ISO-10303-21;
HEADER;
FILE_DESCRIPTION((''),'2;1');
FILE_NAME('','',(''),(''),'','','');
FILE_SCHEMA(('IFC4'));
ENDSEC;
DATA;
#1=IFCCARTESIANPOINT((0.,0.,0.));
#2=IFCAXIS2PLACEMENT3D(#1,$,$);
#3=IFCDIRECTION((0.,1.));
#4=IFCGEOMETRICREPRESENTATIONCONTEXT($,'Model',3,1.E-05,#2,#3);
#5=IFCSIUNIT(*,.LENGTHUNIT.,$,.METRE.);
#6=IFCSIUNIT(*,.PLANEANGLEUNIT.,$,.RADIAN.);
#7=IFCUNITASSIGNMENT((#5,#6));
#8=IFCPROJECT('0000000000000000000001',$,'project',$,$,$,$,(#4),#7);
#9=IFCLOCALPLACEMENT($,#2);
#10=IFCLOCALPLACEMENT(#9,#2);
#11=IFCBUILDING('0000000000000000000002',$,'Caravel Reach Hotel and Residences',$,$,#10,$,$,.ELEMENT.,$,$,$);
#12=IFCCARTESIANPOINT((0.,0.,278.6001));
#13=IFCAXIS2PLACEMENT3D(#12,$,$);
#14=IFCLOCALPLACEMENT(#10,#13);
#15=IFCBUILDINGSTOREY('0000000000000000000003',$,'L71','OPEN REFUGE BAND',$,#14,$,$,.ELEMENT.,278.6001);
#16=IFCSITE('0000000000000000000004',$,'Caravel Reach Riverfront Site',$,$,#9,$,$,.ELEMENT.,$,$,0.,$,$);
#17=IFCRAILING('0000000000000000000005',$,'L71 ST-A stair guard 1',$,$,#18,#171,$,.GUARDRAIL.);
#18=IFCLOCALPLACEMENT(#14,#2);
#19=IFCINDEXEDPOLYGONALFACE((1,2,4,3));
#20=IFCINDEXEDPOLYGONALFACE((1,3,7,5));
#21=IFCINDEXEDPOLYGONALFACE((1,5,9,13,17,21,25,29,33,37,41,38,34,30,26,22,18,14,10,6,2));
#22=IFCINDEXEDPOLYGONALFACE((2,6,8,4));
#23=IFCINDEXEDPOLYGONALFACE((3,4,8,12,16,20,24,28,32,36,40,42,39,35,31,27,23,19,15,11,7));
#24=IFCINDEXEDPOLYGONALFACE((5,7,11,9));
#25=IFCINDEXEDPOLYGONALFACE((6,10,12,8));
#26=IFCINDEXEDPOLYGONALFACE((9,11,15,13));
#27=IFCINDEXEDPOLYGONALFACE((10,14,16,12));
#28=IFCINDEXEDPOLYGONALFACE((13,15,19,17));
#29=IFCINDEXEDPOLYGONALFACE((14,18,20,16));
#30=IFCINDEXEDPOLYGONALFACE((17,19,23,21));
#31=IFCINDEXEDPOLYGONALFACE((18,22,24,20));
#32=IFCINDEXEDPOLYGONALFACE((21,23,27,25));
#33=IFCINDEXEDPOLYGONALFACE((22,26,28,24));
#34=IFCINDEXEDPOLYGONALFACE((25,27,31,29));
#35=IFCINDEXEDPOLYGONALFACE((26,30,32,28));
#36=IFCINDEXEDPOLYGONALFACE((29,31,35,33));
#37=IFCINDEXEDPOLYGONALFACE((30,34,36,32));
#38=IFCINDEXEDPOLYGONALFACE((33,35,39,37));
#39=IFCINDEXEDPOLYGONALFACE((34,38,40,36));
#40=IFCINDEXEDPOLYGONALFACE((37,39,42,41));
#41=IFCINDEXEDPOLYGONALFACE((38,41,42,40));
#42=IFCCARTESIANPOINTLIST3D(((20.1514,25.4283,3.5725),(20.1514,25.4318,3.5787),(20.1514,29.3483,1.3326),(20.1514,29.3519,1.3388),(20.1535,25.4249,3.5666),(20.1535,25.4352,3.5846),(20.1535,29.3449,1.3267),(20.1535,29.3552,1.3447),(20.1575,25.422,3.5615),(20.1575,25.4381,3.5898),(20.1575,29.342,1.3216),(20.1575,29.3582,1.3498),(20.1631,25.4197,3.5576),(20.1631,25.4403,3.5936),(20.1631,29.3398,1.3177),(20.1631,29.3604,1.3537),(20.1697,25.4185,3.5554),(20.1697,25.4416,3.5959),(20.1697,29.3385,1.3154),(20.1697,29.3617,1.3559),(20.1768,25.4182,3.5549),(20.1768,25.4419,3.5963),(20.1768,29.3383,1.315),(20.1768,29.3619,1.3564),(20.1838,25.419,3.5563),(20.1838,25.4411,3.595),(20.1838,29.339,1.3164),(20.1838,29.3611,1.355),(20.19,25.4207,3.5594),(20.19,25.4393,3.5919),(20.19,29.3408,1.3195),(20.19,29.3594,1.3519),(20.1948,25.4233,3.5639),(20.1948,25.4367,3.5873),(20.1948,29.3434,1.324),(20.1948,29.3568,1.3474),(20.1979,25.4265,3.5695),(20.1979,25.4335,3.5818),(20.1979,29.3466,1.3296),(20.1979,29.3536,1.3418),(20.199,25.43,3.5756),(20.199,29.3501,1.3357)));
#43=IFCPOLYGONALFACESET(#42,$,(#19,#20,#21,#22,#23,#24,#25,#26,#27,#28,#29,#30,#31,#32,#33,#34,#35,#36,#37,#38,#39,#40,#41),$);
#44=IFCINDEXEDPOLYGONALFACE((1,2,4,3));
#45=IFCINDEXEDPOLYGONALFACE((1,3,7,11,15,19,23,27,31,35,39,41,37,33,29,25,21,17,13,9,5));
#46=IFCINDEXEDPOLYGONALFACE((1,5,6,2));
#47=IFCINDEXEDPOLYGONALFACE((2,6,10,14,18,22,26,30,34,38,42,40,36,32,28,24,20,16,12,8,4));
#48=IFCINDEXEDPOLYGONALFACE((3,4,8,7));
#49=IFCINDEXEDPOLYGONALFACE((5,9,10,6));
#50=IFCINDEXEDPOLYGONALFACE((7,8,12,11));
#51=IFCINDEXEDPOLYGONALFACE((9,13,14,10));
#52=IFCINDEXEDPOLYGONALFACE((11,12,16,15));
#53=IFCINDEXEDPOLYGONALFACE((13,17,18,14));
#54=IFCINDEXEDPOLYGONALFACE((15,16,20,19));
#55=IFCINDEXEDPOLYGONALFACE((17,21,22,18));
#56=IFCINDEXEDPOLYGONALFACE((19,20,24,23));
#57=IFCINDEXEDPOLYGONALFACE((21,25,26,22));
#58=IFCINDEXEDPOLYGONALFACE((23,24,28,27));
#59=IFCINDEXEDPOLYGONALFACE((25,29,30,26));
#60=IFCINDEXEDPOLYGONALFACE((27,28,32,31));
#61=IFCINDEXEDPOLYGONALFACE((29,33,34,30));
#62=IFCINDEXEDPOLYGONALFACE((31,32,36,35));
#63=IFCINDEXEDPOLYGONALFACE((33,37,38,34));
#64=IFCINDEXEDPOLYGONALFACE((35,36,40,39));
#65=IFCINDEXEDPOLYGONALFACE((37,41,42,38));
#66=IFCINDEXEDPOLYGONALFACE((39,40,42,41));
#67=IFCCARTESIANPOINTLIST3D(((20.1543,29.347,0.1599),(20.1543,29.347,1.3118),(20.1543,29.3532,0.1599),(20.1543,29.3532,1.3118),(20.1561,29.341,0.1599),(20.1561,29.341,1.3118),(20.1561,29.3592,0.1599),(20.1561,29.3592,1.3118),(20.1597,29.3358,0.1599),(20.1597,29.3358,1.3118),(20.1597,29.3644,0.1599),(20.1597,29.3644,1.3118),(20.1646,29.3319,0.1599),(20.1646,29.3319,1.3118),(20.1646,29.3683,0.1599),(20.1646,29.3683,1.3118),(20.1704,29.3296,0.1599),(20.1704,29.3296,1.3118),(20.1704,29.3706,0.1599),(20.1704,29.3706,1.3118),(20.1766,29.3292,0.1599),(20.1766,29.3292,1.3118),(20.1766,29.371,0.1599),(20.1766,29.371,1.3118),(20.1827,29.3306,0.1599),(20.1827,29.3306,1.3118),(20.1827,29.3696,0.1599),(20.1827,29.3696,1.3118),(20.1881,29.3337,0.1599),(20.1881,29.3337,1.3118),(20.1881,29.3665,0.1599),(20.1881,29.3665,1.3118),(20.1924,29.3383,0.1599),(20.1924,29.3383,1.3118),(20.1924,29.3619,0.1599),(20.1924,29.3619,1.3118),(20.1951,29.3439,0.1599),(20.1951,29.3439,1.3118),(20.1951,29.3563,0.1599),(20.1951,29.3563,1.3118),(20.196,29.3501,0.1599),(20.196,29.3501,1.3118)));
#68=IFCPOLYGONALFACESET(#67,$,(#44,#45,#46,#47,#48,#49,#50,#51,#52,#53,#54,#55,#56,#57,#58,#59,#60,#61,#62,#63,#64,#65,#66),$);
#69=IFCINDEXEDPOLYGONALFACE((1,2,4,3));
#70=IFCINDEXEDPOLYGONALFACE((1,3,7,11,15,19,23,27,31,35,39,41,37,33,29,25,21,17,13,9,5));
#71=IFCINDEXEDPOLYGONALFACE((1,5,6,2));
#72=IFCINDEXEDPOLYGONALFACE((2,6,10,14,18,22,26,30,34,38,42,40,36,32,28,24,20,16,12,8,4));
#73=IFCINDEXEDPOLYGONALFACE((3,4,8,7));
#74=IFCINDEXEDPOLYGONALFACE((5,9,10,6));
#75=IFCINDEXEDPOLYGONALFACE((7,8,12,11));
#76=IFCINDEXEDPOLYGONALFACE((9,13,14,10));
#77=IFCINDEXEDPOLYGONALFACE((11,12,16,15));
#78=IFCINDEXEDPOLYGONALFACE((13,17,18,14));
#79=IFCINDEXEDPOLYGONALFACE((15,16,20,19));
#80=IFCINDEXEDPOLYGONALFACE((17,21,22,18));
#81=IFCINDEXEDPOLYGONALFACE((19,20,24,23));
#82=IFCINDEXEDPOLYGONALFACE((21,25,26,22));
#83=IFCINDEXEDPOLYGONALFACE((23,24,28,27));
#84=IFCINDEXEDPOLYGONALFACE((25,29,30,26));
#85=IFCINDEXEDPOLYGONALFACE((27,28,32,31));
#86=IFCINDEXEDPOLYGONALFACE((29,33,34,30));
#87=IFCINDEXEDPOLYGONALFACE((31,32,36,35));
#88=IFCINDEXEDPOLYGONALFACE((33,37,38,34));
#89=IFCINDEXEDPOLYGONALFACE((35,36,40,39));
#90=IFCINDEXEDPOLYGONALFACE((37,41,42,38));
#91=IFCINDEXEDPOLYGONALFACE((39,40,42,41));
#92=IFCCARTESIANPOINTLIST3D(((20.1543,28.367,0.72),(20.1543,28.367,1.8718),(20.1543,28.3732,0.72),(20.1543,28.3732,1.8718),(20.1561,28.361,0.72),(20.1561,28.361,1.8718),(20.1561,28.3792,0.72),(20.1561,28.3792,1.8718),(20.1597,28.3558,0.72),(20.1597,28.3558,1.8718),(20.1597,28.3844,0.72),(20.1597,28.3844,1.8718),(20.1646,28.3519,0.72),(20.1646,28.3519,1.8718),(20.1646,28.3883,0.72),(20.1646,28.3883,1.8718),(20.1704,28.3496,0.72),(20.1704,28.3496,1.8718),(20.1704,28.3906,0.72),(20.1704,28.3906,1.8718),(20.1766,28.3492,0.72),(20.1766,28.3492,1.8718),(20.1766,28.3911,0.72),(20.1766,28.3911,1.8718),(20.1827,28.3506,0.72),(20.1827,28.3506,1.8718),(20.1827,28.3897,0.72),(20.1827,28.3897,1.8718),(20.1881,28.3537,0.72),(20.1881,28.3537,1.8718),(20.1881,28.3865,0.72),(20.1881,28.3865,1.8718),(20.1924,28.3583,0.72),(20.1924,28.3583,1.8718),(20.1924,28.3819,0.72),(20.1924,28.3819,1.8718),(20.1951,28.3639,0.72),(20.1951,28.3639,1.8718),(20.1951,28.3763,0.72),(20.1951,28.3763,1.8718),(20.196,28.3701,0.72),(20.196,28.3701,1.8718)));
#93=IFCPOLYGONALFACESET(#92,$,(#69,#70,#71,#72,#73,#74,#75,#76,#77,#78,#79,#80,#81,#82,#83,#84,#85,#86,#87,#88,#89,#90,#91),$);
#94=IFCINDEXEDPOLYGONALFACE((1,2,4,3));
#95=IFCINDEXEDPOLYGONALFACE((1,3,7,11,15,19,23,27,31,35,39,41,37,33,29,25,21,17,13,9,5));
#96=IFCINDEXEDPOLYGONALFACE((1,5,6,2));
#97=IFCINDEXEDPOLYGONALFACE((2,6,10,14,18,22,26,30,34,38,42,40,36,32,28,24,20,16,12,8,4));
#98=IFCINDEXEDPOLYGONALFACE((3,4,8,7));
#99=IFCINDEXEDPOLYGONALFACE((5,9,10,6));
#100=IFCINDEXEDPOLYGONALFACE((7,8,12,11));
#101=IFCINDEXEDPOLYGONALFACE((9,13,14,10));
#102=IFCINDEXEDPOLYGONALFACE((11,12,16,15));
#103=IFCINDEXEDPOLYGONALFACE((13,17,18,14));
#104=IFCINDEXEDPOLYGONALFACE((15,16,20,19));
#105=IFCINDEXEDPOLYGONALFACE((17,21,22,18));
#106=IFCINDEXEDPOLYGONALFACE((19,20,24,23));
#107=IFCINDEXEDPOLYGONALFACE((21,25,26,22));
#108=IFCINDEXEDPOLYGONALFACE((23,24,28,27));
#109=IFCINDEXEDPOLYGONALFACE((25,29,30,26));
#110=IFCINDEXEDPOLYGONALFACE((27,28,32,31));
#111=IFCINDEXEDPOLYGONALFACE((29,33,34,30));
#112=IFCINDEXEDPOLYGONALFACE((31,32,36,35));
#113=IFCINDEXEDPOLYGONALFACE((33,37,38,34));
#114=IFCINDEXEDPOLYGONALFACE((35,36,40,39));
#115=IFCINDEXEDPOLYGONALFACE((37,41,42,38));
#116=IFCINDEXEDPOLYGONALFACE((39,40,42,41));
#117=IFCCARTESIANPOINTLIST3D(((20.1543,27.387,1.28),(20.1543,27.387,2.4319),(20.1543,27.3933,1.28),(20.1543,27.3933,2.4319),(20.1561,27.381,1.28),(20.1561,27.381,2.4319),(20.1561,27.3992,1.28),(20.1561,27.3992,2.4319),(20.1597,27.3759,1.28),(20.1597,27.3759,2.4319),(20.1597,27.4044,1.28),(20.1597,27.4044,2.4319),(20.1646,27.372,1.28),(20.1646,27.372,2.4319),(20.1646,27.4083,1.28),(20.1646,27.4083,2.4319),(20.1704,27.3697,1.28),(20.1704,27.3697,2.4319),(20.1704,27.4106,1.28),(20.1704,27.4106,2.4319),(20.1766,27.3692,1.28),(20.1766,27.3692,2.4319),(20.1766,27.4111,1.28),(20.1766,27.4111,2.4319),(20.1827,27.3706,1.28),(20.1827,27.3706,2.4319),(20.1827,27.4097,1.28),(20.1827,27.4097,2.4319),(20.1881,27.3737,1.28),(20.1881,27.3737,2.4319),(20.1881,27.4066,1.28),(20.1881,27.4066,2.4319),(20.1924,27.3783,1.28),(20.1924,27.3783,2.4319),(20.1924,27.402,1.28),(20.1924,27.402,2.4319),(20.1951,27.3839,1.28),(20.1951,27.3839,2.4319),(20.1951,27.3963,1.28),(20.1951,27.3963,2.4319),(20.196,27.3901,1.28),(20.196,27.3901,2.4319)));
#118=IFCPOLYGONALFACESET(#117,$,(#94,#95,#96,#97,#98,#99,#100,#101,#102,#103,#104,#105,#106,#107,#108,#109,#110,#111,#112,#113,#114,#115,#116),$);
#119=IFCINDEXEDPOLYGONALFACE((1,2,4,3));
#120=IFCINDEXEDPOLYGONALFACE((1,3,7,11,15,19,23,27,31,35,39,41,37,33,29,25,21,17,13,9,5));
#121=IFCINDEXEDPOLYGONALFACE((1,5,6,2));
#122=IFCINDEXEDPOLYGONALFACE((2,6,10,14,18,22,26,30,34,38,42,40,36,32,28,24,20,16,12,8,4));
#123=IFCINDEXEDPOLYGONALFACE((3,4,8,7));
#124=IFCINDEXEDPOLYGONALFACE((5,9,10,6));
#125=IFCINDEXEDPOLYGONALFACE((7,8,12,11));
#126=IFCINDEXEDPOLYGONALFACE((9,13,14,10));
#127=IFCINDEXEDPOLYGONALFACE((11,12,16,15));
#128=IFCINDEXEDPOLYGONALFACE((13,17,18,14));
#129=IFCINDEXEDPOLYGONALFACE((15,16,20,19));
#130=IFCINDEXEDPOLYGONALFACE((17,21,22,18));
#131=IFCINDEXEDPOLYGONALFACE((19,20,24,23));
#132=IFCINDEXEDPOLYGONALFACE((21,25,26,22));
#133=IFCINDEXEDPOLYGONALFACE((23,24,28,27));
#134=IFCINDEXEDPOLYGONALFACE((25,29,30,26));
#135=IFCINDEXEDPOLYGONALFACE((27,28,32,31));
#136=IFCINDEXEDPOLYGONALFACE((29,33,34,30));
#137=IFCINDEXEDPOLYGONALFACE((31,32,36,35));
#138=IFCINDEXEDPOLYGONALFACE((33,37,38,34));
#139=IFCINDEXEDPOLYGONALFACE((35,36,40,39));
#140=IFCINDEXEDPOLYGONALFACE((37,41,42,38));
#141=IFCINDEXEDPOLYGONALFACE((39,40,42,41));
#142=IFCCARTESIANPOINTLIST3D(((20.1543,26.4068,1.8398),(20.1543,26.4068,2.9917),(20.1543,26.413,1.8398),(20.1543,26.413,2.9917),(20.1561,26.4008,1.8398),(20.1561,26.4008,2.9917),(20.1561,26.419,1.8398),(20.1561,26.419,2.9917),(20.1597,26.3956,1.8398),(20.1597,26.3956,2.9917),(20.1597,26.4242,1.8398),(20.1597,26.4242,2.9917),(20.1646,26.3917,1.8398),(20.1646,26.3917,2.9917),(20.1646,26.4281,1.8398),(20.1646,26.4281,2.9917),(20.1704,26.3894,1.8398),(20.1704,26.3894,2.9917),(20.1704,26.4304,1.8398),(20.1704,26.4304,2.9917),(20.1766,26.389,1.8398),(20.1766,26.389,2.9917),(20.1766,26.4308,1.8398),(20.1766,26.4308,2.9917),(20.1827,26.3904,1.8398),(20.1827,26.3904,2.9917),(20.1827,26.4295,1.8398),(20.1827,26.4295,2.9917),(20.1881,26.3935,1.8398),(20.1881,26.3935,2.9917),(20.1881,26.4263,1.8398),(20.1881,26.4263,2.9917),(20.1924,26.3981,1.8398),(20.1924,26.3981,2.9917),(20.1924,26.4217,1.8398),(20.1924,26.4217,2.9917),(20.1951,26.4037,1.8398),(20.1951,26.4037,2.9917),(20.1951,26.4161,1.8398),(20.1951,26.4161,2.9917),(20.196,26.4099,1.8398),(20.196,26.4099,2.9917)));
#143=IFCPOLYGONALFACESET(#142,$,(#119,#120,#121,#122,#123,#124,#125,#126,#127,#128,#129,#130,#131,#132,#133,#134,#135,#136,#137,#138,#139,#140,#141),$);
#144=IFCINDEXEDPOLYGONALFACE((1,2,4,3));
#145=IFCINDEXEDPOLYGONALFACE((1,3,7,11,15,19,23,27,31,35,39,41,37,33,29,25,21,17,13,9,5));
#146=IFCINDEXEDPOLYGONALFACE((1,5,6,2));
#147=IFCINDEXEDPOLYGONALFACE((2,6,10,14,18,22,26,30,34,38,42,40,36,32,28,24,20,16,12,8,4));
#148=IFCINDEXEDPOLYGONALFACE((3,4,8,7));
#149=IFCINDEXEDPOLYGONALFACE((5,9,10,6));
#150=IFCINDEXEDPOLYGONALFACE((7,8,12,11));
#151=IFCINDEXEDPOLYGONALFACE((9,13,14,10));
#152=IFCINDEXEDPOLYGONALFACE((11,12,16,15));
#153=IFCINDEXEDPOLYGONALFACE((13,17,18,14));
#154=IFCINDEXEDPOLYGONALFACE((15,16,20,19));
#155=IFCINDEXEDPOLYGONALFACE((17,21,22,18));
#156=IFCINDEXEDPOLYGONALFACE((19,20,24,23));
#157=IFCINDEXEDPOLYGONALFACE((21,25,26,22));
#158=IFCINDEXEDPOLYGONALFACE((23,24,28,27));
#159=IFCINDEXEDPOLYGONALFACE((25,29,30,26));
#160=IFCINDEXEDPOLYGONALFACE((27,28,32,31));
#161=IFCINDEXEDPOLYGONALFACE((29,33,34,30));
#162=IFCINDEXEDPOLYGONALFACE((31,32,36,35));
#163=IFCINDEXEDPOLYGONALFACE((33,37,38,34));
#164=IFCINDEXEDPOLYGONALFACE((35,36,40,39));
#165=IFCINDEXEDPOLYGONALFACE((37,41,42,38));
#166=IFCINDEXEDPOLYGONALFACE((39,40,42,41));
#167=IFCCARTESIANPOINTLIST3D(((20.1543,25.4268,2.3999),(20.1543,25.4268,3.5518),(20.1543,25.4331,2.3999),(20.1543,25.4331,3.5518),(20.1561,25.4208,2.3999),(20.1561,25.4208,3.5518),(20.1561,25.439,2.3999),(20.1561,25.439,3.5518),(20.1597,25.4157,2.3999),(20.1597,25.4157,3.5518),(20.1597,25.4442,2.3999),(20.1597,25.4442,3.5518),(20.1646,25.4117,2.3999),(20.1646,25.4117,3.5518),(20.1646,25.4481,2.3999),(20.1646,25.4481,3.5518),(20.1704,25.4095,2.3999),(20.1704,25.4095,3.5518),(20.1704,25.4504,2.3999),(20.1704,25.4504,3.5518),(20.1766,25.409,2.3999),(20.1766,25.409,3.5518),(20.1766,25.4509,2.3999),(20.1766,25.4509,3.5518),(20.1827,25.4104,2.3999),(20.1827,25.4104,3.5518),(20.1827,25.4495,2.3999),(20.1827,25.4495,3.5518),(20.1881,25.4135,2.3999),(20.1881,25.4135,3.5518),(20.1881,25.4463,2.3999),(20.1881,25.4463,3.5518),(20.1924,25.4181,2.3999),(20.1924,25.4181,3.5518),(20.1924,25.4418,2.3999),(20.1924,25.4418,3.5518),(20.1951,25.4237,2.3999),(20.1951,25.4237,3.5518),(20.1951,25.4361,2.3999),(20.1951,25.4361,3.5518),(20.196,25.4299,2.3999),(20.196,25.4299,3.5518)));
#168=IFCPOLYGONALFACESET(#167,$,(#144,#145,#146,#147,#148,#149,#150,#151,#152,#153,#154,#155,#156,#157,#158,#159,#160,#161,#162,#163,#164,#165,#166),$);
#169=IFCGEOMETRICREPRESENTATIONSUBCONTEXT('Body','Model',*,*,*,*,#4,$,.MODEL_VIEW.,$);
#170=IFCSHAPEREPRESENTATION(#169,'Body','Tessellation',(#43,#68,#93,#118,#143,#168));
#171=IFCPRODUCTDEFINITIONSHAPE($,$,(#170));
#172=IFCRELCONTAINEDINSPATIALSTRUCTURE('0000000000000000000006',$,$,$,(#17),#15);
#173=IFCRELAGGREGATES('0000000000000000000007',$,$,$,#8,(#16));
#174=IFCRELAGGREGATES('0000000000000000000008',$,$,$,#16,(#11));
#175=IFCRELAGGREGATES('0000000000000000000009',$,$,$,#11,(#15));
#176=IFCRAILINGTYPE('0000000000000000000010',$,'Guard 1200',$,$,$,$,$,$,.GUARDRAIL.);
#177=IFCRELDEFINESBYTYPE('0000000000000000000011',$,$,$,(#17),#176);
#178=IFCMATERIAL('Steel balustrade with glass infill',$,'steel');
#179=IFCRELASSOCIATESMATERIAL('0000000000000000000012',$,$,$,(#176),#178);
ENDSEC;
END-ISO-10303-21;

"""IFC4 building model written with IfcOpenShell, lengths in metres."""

from ifc_helpers import new_model, si_unit, direction, frame, origin, origin_2d, place, context, subcontext, project, spatial, circle, extrude, material, type_object, element, save


model = new_model("IFC4")

# Units and contexts
model_context = context("Model", 3, precision=1e-05, world=origin(), true_north=direction((0.0, 1.0)))
body_context = subcontext(model_context, "Body", "Model", "MODEL_VIEW")
ifc_project = project(units=[si_unit("LENGTHUNIT", "METRE"), si_unit("PLANEANGLEUNIT", "RADIAN")], contexts=[model_context])

# Site, building, storey
site_placement = place(None, origin())
site = spatial("IfcSite", under=ifc_project, at=site_placement, Name="Caravel Reach Riverfront Site", CompositionType="ELEMENT", RefElevation=0.0)
building_placement = place(site_placement, origin())
building = spatial("IfcBuilding", under=site, at=building_placement, Name="Caravel Reach Hotel and Residences", CompositionType="ELEMENT")
storey_placement = place(building_placement, frame((0.0, 0.0, 278.6001)))
storey = spatial("IfcBuildingStorey", under=building, at=storey_placement, Name="L71", Description="OPEN REFUGE BAND", CompositionType="ELEMENT", Elevation=278.6001)

# Railing
ifc_material_1 = material(Name="Steel balustrade with glass infill", Category="steel")
railing_type_1 = type_object("IfcRailingType", Name="Guard 1200", PredefinedType="GUARDRAIL", material=ifc_material_1)
railing_1_placement = place(storey_placement, frame((20.175, 29.3501, 0.1599)))
element("IfcRailing", 1, at=railing_1_placement, inside=storey, type_object=railing_type_1, Name="L71 ST-A stair guard 1", PredefinedType="GUARDRAIL", context=body_context, shape_type="SweptSolid", body=[
    extrude(circle(Radius=0.0239, at=origin_2d()), frame((0.0, 0.0, 1.1758), z_axis=(0.0, -0.868253, 0.496121), x_axis=(1.0, 0.0, 0.0)), (0.0, 0.0, 1.0), 4.5149),
    extrude(circle(Radius=0.021, at=origin_2d()), origin(), (0.0, 0.0, 1.0), 1.1519),
    extrude(circle(Radius=0.021, at=origin_2d()), frame((0.0, -0.98, 0.5601)), (0.0, 0.0, 1.0), 1.1519),
    extrude(circle(Radius=0.021, at=origin_2d()), frame((0.0, -1.96, 1.1201)), (0.0, 0.0, 1.0), 1.1519),
    extrude(circle(Radius=0.021, at=origin_2d()), frame((0.0, -2.9402, 1.6799)), (0.0, 0.0, 1.0), 1.1519),
    extrude(circle(Radius=0.021, at=origin_2d()), frame((0.0, -3.9202, 2.24)), (0.0, 0.0, 1.0), 1.1519),
])

save(model, "model.ifc")
